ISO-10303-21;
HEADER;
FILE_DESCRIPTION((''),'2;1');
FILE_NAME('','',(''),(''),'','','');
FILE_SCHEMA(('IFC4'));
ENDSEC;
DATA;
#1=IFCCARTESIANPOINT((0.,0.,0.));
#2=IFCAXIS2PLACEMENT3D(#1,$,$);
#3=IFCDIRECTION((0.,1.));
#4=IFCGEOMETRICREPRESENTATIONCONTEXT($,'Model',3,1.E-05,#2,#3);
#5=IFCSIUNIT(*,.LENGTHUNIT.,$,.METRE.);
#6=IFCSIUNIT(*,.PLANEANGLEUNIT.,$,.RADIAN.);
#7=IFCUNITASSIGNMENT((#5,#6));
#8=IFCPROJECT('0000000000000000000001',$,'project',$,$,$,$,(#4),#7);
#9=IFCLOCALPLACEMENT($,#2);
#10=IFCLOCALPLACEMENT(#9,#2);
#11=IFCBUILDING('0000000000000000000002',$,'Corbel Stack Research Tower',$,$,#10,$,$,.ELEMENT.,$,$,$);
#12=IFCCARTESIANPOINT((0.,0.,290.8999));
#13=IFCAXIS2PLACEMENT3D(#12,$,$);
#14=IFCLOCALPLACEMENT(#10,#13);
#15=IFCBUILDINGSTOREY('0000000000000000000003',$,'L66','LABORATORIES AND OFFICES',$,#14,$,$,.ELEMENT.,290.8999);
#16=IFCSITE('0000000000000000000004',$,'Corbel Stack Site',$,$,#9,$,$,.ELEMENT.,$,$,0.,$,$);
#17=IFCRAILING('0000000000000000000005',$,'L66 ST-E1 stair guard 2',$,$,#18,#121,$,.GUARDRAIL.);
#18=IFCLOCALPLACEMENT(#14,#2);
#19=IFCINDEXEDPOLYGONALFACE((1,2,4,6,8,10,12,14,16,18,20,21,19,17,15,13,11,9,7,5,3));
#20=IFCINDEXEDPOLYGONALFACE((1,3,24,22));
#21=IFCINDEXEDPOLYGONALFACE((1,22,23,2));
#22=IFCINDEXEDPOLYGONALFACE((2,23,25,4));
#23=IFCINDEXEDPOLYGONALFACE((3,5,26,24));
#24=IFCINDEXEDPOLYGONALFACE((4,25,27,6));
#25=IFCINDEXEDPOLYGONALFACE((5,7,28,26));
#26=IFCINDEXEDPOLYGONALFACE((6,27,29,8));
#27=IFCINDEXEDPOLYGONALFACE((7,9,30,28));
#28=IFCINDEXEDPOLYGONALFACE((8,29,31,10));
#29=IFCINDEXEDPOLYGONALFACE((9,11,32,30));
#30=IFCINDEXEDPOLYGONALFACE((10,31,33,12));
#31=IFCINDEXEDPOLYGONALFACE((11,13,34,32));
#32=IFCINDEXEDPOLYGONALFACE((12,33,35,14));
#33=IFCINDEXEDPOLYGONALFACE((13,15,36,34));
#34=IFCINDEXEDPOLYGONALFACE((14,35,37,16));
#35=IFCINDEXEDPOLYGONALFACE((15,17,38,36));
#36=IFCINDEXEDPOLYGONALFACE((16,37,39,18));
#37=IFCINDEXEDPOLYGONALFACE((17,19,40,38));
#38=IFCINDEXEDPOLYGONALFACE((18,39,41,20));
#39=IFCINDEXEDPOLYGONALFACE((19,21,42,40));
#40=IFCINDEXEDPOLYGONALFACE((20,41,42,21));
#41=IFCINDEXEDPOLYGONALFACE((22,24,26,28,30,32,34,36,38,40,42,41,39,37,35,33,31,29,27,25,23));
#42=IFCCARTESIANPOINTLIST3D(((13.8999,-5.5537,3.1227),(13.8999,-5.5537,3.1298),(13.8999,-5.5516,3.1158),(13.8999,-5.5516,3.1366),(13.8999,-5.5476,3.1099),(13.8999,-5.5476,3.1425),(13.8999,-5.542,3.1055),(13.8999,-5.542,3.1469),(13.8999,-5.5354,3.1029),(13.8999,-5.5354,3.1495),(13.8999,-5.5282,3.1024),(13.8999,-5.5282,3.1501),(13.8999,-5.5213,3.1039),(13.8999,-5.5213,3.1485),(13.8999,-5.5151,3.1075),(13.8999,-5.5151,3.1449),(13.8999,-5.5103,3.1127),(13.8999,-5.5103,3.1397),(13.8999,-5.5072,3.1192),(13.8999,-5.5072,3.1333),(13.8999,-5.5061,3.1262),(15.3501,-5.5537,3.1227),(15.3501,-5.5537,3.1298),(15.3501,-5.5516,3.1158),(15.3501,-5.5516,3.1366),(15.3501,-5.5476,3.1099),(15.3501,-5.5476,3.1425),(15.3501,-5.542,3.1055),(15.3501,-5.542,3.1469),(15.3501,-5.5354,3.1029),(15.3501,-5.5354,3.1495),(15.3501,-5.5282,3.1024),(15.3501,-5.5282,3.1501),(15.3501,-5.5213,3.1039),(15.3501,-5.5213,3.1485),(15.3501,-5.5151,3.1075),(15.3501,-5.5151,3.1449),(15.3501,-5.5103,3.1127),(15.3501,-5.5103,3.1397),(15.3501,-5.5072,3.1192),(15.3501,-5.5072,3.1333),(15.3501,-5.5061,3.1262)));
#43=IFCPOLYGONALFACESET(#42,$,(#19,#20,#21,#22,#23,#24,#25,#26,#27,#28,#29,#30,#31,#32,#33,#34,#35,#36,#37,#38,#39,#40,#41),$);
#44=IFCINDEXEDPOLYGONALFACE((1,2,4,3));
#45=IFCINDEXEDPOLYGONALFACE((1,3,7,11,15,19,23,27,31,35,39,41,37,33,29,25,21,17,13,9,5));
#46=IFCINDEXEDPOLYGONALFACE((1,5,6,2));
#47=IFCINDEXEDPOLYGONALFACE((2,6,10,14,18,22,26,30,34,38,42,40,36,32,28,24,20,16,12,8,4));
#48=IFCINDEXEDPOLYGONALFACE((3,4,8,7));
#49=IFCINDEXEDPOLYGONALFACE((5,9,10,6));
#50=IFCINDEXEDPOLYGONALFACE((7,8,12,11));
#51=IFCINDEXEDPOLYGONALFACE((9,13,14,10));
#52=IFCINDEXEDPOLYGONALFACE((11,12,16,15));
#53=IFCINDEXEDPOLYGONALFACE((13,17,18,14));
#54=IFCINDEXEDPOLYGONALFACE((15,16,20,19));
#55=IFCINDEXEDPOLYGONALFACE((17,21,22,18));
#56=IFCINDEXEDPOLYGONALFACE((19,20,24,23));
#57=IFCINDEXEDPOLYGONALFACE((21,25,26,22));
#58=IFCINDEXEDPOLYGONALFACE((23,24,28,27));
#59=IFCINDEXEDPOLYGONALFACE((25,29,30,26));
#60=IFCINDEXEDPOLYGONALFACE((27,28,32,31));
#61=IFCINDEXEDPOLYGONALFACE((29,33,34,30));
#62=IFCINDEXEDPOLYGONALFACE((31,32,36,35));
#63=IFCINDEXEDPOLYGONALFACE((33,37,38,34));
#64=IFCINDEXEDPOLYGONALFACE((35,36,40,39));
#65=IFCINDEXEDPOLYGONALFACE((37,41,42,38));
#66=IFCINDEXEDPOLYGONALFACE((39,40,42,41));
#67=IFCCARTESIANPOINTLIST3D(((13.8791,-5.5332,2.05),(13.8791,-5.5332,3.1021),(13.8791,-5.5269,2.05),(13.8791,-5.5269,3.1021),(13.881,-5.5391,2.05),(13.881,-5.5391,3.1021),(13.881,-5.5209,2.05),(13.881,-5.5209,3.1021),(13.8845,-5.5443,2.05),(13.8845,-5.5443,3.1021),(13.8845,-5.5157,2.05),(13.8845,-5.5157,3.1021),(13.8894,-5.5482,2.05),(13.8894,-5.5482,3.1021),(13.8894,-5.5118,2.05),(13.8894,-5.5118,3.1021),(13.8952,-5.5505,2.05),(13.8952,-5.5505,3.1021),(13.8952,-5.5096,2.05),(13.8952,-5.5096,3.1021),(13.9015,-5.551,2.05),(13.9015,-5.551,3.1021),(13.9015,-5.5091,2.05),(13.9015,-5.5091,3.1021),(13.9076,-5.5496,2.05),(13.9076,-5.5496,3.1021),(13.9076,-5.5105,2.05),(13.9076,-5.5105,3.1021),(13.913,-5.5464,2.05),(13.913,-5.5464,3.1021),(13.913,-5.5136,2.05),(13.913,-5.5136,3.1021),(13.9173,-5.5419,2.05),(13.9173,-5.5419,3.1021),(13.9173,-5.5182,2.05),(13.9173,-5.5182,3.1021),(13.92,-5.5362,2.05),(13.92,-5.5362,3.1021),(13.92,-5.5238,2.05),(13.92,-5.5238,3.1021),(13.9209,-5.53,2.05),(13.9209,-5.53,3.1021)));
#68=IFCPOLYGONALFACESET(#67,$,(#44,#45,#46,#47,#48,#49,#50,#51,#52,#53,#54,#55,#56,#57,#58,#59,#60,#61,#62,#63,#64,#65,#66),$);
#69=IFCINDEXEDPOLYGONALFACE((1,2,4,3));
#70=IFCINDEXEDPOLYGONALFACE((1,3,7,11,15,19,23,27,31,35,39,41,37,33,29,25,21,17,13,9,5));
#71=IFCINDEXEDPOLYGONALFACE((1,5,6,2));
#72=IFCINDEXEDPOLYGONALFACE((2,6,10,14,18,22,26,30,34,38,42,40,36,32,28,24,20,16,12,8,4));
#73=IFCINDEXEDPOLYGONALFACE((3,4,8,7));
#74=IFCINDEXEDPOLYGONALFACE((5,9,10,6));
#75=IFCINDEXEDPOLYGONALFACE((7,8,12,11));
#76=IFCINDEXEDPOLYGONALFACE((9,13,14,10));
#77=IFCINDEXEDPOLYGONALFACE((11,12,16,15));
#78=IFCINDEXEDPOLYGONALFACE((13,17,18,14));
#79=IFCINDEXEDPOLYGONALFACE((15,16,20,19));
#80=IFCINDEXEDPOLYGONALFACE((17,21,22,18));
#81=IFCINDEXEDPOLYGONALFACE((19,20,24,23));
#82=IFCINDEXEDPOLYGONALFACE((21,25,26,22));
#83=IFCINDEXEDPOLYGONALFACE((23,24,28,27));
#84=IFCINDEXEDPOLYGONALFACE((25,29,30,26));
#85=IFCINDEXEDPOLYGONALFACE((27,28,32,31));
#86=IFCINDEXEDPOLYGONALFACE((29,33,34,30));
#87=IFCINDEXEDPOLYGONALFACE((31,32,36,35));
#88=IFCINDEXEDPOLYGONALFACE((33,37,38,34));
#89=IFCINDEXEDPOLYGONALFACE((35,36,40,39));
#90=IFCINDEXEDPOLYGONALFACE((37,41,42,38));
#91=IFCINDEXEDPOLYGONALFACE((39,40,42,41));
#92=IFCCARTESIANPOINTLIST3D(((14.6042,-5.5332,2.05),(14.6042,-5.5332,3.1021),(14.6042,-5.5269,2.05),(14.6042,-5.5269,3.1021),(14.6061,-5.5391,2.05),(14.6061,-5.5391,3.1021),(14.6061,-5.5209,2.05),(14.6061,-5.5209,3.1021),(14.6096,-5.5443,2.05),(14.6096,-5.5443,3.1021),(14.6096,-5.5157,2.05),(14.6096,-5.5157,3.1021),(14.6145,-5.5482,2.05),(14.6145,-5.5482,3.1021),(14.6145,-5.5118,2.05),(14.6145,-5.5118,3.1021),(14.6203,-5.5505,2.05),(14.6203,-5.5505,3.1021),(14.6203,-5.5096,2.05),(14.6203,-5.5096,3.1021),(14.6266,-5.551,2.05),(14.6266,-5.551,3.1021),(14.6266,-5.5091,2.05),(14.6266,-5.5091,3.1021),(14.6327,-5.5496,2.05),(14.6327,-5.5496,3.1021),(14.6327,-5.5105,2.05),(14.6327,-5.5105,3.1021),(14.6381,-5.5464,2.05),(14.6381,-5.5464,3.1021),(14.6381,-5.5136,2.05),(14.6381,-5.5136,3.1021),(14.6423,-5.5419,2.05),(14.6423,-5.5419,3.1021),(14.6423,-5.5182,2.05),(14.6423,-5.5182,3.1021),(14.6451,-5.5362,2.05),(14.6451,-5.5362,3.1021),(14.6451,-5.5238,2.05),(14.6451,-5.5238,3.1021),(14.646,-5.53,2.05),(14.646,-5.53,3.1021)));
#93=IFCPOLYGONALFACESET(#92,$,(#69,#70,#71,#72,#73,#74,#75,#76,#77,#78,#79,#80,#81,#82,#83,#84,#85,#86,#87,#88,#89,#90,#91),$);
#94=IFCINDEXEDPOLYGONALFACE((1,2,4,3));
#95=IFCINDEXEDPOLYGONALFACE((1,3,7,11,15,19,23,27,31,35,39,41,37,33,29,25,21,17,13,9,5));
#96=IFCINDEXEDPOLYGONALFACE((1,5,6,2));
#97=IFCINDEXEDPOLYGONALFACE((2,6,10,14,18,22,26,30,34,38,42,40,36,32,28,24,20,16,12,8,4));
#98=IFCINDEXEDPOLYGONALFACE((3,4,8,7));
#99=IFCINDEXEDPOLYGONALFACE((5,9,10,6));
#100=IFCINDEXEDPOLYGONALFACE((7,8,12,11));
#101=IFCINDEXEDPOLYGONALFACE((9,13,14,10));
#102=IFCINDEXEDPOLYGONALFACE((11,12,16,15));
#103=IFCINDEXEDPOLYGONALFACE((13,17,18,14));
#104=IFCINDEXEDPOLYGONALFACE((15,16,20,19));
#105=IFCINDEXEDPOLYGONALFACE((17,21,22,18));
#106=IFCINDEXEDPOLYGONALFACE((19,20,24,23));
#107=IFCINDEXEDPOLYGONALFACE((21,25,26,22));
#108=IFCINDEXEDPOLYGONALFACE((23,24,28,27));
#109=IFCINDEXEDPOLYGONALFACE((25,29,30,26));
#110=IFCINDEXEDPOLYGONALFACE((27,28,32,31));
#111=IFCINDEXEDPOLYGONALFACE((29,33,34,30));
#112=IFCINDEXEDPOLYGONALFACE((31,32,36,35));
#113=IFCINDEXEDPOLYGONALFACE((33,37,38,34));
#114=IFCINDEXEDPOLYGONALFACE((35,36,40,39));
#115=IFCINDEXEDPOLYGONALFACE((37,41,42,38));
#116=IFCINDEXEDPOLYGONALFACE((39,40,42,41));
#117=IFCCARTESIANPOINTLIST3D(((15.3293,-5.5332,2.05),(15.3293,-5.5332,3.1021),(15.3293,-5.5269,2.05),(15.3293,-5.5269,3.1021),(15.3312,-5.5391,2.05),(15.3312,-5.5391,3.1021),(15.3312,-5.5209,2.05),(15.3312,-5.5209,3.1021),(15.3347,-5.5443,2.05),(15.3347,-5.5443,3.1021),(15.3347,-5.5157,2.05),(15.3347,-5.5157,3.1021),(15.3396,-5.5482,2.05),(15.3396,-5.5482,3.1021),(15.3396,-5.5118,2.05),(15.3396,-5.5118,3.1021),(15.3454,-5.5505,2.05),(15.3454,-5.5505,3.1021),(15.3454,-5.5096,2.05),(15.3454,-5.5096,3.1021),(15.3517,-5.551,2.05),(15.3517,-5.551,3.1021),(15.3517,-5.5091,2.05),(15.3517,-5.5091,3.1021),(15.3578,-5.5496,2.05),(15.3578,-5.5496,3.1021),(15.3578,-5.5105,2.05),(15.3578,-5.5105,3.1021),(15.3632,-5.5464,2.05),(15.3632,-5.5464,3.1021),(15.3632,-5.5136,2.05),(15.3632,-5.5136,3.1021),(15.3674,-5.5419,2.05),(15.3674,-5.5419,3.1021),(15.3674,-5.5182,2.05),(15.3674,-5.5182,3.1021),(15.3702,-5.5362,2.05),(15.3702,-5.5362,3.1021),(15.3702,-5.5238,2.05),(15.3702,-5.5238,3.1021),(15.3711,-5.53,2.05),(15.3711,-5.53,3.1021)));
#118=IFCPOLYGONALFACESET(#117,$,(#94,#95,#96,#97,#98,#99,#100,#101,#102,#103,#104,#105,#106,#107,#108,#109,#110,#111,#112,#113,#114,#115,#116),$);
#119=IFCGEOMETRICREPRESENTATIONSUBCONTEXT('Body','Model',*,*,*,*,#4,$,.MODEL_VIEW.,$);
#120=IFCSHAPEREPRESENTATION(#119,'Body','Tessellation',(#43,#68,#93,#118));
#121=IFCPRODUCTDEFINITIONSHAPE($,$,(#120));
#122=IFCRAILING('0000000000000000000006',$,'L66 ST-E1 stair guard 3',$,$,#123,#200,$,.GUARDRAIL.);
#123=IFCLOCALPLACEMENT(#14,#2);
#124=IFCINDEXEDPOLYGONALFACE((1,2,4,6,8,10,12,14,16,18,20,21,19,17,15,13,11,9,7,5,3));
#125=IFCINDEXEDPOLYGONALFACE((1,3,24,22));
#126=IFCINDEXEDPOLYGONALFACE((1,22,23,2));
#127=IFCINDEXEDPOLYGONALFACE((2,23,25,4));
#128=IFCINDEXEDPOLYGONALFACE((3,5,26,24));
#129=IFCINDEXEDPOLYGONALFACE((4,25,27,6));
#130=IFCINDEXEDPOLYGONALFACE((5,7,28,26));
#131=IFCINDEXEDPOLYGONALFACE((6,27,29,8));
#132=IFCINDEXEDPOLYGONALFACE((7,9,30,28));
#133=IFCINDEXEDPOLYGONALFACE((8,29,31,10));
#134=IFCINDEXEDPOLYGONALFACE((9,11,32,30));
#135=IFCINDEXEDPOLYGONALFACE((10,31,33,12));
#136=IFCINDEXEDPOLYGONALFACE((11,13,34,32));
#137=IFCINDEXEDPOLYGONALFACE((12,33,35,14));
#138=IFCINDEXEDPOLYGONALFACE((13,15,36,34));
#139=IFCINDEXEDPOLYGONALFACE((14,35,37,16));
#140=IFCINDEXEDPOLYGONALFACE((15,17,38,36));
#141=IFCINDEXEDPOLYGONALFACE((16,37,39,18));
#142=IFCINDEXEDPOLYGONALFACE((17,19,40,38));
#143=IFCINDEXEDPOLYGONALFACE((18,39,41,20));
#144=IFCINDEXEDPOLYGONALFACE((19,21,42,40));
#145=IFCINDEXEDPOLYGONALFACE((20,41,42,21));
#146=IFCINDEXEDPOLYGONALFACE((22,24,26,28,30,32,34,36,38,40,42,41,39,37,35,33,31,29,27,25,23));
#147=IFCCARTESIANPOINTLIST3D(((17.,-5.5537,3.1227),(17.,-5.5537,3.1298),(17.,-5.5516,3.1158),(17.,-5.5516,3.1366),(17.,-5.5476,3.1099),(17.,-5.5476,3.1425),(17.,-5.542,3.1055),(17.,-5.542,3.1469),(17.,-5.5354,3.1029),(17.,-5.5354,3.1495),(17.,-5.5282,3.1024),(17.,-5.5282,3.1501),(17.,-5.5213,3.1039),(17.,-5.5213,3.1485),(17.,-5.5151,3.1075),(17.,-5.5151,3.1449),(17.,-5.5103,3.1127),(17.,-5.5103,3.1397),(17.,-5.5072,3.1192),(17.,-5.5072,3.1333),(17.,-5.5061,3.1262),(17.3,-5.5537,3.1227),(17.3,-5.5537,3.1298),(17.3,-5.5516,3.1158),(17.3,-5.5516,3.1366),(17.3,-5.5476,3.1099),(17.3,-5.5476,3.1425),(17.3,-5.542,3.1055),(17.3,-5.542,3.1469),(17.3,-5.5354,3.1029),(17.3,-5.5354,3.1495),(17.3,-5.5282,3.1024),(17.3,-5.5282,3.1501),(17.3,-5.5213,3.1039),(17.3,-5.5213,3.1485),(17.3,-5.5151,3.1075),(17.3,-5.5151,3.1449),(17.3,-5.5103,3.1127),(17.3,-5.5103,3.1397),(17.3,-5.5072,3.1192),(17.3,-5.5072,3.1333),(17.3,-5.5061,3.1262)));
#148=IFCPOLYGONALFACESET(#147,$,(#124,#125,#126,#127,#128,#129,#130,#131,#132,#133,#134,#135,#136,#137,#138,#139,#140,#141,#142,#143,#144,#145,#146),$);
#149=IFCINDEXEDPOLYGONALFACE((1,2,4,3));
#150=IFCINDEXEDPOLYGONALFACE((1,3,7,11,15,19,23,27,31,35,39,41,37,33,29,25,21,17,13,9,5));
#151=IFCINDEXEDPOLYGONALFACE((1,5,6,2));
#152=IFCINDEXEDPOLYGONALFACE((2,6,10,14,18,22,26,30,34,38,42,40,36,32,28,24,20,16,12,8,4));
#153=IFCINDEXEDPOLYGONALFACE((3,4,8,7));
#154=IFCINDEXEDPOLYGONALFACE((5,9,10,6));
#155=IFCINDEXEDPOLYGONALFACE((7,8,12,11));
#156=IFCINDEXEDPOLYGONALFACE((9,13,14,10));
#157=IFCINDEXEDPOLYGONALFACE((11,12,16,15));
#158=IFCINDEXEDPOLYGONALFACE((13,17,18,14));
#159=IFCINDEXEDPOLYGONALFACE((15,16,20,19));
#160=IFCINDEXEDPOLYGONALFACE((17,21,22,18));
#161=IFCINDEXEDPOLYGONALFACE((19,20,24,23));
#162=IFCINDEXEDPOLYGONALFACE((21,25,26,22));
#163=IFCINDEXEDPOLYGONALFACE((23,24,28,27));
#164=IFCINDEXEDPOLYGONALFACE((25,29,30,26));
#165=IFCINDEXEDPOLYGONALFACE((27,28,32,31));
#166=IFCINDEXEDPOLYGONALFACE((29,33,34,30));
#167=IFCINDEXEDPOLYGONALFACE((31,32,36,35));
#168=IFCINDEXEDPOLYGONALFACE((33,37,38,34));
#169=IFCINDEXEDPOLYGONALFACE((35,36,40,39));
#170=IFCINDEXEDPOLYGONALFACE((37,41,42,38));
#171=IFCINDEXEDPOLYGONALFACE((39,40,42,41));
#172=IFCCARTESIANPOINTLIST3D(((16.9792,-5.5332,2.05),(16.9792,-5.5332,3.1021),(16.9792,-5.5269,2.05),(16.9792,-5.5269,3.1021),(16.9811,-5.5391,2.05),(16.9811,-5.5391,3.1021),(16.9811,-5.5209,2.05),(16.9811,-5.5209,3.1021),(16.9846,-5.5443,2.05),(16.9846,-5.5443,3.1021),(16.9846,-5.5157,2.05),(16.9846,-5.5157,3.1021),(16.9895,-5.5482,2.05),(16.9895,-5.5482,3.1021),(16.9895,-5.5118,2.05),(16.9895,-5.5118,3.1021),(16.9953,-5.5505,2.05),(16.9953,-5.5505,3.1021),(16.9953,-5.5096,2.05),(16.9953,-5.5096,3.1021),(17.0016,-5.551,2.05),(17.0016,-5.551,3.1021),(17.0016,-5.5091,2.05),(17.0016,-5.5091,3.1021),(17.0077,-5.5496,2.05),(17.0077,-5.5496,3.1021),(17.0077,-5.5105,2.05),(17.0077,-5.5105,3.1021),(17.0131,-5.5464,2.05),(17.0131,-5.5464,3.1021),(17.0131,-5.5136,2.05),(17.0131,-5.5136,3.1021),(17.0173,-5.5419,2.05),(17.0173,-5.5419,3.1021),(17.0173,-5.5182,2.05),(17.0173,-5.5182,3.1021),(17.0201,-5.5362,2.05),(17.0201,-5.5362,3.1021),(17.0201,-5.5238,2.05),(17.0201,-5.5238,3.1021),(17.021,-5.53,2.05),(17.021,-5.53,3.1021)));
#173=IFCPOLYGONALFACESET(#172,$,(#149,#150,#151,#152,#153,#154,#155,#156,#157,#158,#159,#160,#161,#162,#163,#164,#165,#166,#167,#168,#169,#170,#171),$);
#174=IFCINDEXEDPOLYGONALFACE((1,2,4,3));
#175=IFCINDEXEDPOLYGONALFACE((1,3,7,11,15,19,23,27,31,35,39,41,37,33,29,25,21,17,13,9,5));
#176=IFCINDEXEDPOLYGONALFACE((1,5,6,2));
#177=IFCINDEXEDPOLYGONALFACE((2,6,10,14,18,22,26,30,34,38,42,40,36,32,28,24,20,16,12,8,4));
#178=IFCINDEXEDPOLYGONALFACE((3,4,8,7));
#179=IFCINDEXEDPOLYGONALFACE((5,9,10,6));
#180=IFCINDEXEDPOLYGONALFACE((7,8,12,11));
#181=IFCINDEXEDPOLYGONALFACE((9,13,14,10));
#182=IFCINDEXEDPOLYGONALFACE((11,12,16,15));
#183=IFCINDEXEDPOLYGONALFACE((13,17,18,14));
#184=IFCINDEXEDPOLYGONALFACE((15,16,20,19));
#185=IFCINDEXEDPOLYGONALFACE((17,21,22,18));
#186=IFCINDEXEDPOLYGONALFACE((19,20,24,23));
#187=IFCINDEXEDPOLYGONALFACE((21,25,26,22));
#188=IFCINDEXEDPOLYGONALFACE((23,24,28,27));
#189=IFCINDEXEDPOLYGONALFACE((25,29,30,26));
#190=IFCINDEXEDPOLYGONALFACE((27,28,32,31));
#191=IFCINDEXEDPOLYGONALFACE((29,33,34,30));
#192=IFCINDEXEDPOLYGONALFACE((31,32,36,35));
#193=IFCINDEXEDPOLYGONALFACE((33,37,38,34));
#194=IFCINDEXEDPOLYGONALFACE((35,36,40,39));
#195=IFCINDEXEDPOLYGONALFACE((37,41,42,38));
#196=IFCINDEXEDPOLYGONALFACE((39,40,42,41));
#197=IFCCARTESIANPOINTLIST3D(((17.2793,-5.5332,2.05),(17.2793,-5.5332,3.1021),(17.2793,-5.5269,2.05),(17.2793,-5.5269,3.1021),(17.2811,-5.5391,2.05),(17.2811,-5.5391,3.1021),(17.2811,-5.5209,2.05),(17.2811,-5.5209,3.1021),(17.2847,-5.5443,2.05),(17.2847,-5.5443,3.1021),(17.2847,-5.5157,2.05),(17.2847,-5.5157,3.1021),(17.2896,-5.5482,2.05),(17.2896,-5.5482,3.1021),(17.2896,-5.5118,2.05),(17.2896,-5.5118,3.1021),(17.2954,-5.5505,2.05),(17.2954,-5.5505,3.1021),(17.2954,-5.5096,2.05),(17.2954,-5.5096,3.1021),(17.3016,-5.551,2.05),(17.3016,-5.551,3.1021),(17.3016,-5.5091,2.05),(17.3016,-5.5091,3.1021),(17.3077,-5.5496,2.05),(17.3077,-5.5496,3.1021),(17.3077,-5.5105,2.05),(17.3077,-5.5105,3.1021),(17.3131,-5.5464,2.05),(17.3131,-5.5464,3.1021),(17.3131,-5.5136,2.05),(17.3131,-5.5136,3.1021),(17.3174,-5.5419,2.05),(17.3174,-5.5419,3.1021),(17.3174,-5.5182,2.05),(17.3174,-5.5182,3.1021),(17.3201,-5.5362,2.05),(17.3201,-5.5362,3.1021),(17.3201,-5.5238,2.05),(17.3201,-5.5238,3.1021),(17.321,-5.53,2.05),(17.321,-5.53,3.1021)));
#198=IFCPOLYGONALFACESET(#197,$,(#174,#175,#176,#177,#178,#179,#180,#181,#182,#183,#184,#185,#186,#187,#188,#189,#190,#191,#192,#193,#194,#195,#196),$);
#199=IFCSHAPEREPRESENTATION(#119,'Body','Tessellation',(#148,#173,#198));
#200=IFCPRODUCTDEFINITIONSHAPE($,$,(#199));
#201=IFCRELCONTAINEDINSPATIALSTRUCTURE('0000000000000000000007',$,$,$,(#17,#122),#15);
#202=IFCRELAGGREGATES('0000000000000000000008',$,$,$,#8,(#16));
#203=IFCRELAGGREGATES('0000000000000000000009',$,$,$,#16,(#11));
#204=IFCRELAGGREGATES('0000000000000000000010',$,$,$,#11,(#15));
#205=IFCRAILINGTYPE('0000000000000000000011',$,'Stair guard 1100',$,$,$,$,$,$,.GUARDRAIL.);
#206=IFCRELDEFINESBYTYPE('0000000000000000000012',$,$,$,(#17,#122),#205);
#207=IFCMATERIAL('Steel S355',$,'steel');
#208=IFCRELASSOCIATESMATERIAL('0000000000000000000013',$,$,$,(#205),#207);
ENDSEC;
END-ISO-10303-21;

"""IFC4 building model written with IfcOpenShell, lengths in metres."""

from ifc_helpers import new_model, si_unit, direction, frame, origin, origin_2d, place, context, subcontext, project, spatial, circle, extrude, material, type_object, element, save


model = new_model("IFC4")

# Units and contexts
model_context = context("Model", 3, precision=1e-05, world=origin(), true_north=direction((0.0, 1.0)))
body_context = subcontext(model_context, "Body", "Model", "MODEL_VIEW")
ifc_project = project(units=[si_unit("LENGTHUNIT", "METRE"), si_unit("PLANEANGLEUNIT", "RADIAN")], contexts=[model_context])

# Site, building, storey
site_placement = place(None, origin())
site = spatial("IfcSite", under=ifc_project, at=site_placement, Name="Corbel Stack Site", CompositionType="ELEMENT", RefElevation=0.0)
building_placement = place(site_placement, origin())
building = spatial("IfcBuilding", under=site, at=building_placement, Name="Corbel Stack Research Tower", CompositionType="ELEMENT")
storey_placement = place(building_placement, frame((0.0, 0.0, 290.8999)))
storey = spatial("IfcBuildingStorey", under=building, at=storey_placement, Name="L66", Description="LABORATORIES AND OFFICES", CompositionType="ELEMENT", Elevation=290.8999)

# Railings
ifc_material_1 = material(Name="Steel S355", Category="steel")
railing_type_1 = type_object("IfcRailingType", Name="Stair guard 1100", PredefinedType="GUARDRAIL", material=ifc_material_1)
railing_1_placement = place(storey_placement, frame((13.8999, -5.53, 2.05)))
element("IfcRailing", 1, at=railing_1_placement, inside=storey, type_object=railing_type_1, Name="L66 ST-E1 stair guard 2", PredefinedType="GUARDRAIL", context=body_context, shape_type="SweptSolid", body=[
    extrude(circle(Radius=0.0239, at=origin_2d()), frame((0.0, 0.0, 1.0762), z_axis=(1.0, 0.0, 0.0), x_axis=(0.0, 1.0, 0.0)), (0.0, 0.0, 1.0), 1.4502),
    extrude(circle(Radius=0.021, at=origin_2d()), origin(), (0.0, 0.0, 1.0), 1.052),
    extrude(circle(Radius=0.021, at=origin_2d()), frame((0.7251, 0.0, 0.0)), (0.0, 0.0, 1.0), 1.052),
    extrude(circle(Radius=0.021, at=origin_2d()), frame((1.4502, 0.0, 0.0)), (0.0, 0.0, 1.0), 1.052),
])
railing_2_placement = place(storey_placement, frame((17.0, -5.53, 2.05)))
element("IfcRailing", 2, at=railing_2_placement, inside=storey, type_object=railing_type_1, Name="L66 ST-E1 stair guard 3", PredefinedType="GUARDRAIL", context=body_context, shape_type="SweptSolid", body=[
    extrude(circle(Radius=0.0239, at=origin_2d()), frame((0.0, 0.0, 1.0762), z_axis=(1.0, 0.0, 0.0), x_axis=(0.0, 1.0, 0.0)), (0.0, 0.0, 1.0), 0.3),
    extrude(circle(Radius=0.021, at=origin_2d()), origin(), (0.0, 0.0, 1.0), 1.052),
    extrude(circle(Radius=0.021, at=origin_2d()), frame((0.3, 0.0, 0.0)), (0.0, 0.0, 1.0), 1.052),
])

save(model, "model.ifc")
